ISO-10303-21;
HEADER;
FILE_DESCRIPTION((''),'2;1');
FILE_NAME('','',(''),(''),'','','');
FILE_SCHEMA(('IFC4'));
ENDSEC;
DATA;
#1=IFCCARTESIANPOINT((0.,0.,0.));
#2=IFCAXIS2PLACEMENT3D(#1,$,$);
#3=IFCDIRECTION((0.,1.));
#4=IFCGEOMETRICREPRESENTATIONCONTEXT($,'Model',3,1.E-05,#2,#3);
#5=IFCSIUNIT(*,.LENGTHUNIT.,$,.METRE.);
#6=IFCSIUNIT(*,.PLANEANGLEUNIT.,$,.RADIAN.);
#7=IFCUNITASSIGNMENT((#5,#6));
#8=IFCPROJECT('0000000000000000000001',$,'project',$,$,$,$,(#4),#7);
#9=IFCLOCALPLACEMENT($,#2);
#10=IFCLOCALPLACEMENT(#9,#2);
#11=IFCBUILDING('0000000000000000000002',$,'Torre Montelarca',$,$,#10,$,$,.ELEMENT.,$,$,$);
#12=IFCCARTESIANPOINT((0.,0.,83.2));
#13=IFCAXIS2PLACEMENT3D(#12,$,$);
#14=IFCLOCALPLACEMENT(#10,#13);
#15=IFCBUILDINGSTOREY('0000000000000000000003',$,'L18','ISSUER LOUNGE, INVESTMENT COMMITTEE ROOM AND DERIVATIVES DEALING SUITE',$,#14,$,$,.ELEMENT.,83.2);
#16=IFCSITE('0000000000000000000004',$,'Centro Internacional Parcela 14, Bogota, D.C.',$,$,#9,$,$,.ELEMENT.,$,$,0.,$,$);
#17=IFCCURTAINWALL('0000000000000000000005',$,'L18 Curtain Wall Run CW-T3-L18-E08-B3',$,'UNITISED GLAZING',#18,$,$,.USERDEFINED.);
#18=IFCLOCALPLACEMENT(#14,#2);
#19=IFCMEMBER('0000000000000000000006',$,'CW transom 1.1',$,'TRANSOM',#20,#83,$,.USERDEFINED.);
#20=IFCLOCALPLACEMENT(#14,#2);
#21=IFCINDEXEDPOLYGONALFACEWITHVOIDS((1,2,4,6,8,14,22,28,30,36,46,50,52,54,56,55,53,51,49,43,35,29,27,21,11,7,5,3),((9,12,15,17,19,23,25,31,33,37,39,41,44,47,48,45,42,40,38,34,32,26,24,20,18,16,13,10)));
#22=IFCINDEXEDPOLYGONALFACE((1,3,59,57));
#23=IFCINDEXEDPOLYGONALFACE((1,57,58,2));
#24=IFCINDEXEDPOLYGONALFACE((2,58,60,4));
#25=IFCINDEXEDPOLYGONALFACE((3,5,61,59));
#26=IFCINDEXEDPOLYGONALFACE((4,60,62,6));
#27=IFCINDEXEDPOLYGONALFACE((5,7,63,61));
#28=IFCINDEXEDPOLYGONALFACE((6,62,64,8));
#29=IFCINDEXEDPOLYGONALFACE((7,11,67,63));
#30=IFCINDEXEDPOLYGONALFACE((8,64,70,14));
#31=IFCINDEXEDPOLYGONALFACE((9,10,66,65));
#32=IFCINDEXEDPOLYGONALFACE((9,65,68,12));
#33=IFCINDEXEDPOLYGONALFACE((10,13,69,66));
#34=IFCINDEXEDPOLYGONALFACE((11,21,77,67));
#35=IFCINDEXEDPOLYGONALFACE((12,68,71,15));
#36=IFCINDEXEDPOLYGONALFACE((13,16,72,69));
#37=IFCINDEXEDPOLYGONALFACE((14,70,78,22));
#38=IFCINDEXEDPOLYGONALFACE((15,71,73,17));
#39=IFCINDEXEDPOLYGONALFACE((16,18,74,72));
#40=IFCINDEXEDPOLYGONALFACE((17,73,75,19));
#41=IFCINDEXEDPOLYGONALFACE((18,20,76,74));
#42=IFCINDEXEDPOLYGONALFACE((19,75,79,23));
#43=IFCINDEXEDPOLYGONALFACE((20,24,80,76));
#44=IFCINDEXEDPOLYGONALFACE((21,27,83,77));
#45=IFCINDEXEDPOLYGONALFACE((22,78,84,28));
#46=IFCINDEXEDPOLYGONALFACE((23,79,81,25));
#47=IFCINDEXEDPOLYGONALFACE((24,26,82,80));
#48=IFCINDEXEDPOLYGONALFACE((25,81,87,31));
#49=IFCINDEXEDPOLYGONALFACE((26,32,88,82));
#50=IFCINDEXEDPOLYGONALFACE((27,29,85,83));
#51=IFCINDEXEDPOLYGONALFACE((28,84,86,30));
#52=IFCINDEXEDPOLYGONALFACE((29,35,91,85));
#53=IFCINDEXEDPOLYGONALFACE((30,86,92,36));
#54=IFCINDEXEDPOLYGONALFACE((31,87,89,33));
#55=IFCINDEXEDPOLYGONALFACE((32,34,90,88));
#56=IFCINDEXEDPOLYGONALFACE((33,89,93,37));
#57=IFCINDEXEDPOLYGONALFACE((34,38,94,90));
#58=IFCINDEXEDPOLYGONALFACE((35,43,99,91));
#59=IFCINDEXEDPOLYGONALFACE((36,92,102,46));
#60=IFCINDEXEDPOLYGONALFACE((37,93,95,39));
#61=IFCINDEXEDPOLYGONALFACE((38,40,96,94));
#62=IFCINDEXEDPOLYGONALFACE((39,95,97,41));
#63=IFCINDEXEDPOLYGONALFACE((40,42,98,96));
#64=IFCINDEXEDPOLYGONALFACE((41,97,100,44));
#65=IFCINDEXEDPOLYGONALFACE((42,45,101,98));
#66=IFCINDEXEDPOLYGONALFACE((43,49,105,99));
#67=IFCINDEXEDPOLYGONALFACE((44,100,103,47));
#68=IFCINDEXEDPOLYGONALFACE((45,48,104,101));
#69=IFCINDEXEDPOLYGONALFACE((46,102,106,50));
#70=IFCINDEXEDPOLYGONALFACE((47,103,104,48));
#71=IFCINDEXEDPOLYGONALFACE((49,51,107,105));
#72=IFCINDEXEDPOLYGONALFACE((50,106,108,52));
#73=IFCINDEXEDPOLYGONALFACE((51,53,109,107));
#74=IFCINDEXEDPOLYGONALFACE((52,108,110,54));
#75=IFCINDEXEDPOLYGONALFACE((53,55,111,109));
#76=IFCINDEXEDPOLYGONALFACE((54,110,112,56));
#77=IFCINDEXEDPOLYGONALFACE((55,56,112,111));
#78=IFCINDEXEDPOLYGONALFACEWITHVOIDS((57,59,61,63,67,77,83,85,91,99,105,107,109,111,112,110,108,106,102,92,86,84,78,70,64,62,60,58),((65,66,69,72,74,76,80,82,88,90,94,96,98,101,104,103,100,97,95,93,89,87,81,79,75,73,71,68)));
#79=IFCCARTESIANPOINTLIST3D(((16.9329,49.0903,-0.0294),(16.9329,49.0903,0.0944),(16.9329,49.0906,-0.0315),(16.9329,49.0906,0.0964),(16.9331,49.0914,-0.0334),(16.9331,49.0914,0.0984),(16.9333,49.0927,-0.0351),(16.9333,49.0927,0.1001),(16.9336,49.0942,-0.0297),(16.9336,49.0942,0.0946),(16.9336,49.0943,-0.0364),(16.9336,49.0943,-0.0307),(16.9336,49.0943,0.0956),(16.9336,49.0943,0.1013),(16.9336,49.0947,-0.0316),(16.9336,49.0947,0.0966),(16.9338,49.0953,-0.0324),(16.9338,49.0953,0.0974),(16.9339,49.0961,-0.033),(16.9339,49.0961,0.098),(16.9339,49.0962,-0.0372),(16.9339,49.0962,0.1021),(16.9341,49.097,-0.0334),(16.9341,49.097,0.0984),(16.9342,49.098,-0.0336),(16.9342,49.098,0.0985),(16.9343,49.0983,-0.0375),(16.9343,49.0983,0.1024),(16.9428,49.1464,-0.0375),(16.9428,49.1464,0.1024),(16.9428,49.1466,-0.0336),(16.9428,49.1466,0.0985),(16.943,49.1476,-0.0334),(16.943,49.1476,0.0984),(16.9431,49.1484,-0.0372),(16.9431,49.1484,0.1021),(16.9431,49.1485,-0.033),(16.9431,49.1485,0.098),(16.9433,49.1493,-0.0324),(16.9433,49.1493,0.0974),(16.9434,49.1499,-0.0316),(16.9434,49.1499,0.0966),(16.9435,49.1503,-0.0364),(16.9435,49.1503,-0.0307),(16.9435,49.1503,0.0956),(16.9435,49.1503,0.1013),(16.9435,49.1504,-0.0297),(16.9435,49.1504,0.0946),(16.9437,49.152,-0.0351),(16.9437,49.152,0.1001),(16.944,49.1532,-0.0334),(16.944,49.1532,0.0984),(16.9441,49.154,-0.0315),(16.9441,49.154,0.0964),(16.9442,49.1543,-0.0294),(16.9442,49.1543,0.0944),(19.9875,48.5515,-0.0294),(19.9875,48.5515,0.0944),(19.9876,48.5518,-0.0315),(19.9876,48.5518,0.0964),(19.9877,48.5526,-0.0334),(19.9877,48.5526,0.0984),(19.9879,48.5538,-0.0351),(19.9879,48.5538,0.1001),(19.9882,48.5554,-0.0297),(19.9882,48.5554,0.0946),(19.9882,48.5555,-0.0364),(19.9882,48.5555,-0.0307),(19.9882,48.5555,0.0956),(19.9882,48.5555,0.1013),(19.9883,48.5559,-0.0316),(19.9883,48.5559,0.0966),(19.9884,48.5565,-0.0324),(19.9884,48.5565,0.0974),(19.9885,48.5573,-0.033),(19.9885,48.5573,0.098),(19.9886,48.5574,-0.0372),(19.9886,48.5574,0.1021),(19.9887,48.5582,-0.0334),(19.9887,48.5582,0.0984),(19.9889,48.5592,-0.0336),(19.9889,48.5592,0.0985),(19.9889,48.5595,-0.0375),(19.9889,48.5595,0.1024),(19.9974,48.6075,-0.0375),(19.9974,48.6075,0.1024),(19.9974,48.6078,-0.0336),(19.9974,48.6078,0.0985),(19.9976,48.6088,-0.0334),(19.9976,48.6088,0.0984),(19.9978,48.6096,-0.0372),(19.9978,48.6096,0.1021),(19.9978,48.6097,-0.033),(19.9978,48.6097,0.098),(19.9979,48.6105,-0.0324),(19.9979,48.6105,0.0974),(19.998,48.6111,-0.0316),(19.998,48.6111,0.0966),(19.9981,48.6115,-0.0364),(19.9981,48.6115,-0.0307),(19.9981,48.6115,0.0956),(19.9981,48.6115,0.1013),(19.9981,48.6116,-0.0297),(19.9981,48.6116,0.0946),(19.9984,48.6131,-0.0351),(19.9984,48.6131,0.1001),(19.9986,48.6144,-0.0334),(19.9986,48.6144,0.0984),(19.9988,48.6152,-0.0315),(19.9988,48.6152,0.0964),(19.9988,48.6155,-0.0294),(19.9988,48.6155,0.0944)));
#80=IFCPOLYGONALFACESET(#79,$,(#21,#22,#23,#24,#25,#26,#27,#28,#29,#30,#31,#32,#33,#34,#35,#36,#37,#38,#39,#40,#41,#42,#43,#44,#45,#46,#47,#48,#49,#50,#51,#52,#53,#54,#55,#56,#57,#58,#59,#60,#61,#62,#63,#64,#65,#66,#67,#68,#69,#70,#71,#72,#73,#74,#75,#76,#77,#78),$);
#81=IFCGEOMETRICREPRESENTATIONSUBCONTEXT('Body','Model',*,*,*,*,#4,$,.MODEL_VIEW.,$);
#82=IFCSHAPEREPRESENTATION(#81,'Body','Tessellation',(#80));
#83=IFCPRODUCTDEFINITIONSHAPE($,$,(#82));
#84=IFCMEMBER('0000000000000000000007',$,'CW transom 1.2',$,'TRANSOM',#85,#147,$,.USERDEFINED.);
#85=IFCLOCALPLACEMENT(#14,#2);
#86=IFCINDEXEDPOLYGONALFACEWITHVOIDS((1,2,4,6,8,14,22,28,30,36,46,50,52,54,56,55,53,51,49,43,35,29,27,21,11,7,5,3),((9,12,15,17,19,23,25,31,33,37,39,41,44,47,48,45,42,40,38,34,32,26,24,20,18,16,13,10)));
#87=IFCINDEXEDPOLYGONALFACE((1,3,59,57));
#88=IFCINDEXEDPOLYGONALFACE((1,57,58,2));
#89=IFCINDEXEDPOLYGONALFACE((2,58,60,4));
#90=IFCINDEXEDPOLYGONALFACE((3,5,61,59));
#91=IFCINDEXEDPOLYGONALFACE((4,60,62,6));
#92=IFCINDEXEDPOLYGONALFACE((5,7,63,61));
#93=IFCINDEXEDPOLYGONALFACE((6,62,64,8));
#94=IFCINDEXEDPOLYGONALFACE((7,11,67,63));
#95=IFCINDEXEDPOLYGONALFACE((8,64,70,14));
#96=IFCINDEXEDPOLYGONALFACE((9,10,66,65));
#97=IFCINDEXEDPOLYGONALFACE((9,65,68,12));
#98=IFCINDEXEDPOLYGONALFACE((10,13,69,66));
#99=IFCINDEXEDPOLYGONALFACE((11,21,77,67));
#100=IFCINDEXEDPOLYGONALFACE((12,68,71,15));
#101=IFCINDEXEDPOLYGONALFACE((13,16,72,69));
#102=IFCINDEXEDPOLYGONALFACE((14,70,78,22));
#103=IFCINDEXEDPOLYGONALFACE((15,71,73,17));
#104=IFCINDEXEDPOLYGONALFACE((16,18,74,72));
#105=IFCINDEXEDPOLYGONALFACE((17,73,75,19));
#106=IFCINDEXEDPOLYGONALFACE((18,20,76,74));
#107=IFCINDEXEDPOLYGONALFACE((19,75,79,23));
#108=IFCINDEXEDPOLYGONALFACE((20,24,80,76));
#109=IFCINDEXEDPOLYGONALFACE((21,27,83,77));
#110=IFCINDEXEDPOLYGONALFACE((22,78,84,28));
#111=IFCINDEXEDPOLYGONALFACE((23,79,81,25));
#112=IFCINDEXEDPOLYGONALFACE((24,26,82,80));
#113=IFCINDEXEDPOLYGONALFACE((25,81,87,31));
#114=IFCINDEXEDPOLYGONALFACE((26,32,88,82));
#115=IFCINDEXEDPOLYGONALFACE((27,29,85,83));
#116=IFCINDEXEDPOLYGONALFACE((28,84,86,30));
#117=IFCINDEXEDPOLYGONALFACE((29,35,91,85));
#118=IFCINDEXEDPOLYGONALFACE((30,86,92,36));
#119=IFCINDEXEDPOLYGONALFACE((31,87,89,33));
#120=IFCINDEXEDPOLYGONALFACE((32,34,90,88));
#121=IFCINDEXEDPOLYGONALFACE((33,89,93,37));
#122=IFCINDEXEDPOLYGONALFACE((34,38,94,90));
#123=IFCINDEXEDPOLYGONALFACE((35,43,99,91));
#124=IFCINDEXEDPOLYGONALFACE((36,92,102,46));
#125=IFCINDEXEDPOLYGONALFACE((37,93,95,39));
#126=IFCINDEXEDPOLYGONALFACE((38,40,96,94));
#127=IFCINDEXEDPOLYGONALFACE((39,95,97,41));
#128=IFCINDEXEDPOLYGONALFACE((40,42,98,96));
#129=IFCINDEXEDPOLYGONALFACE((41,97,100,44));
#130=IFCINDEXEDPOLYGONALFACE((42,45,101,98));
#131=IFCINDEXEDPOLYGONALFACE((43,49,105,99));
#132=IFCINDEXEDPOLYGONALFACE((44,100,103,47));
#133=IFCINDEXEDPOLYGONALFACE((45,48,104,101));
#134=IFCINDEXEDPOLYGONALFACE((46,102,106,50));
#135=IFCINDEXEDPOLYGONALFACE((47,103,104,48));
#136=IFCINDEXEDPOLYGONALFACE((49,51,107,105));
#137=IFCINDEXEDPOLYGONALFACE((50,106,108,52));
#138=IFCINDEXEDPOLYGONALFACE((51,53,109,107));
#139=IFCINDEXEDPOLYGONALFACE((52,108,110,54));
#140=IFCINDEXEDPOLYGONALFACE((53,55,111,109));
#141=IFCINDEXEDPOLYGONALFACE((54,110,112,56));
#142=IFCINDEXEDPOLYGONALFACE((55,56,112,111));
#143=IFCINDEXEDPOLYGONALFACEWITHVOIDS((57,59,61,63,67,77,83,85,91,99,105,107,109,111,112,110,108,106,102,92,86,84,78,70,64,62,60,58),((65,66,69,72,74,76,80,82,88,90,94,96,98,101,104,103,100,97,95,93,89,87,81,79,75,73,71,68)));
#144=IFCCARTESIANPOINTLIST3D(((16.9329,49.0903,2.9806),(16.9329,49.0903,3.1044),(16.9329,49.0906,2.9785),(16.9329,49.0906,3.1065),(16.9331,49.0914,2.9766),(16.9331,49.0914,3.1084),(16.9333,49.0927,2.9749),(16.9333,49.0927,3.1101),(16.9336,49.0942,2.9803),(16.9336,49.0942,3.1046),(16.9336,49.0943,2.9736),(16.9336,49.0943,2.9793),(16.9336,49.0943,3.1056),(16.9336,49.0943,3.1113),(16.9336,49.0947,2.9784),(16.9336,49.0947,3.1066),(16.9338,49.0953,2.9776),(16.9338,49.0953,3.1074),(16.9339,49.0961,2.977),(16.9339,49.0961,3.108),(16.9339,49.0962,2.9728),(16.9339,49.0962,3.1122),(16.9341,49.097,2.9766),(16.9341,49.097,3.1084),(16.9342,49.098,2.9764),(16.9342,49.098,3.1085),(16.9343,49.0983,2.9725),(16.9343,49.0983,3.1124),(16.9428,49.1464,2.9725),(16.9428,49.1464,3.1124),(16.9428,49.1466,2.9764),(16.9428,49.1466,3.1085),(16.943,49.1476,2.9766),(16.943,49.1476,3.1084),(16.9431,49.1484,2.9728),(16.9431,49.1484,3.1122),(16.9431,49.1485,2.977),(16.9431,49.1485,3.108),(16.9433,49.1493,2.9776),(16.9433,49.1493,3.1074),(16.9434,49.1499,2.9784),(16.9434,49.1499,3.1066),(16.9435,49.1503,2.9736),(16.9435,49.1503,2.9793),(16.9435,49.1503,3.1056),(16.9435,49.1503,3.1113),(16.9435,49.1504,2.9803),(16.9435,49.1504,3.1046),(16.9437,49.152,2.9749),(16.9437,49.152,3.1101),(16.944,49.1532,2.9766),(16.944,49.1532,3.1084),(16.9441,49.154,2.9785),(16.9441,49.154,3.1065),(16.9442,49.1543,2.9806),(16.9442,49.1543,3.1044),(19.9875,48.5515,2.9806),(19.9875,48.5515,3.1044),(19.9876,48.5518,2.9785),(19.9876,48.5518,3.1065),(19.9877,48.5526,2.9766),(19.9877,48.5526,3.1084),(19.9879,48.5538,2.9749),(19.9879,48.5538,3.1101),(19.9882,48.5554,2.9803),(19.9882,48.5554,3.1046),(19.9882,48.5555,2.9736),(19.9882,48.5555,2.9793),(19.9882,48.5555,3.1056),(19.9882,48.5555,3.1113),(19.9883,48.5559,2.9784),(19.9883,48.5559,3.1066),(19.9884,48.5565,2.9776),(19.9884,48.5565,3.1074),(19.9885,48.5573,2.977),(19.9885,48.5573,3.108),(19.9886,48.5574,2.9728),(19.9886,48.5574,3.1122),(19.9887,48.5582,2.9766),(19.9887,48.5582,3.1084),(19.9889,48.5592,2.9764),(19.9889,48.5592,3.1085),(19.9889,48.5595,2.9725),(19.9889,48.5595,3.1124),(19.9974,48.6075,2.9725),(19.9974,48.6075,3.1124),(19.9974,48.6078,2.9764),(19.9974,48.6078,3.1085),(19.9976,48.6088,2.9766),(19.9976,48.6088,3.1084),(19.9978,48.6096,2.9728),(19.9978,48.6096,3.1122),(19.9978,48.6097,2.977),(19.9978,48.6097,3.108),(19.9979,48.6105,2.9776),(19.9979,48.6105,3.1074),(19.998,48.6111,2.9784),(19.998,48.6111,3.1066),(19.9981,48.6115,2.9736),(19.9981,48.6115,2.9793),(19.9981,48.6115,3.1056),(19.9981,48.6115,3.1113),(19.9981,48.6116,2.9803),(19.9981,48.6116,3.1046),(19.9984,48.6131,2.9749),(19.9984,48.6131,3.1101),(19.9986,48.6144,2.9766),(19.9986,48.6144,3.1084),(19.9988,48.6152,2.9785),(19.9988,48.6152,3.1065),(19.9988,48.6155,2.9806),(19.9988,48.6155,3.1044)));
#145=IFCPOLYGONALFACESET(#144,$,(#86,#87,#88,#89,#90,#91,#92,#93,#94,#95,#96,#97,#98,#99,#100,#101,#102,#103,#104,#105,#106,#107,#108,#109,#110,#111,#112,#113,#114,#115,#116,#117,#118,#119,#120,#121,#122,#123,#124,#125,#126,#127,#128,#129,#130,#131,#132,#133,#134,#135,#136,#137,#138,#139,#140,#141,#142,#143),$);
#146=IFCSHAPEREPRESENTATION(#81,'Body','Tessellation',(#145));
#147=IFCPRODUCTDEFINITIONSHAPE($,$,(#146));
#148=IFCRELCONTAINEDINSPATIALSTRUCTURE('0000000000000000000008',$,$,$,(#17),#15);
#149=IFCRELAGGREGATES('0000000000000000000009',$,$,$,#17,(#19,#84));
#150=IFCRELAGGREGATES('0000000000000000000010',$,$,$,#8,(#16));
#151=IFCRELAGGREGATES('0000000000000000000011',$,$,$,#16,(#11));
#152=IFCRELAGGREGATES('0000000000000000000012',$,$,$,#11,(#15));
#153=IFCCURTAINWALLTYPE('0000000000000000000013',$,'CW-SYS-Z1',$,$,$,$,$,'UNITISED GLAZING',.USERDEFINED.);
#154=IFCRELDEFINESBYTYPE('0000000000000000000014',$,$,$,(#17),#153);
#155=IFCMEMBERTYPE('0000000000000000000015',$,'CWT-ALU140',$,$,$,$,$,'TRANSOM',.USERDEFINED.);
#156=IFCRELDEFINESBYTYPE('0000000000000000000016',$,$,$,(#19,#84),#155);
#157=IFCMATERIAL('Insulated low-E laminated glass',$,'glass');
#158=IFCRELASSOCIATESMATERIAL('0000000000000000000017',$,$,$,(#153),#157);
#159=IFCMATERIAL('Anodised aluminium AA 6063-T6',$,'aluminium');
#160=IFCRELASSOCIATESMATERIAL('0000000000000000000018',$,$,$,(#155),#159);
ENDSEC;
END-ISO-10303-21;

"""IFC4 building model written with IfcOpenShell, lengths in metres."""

from ifc_helpers import new_model, si_unit, direction, frame, origin, origin_2d, place, context, subcontext, project, spatial, hollow_rectangle, extrude, source, transform, mapped, material, material_profile, profile_set, type_object, element, aggregate, save


model = new_model("IFC4")

# Units and contexts
model_context = context("Model", 3, precision=1e-05, world=origin(), true_north=direction((0.0, 1.0)))
body_context = subcontext(model_context, "Body", "Model", "MODEL_VIEW")
ifc_project = project(units=[si_unit("LENGTHUNIT", "METRE"), si_unit("PLANEANGLEUNIT", "RADIAN")], contexts=[model_context])

# Site, building, storey
site_placement = place(None, origin())
site = spatial("IfcSite", under=ifc_project, at=site_placement, Name="Centro Internacional Parcela 14, Bogota, D.C.", CompositionType="ELEMENT", RefElevation=0.0)
building_placement = place(site_placement, origin())
building = spatial("IfcBuilding", under=site, at=building_placement, Name="Torre Montelarca", CompositionType="ELEMENT")
storey_placement = place(building_placement, frame((0.0, 0.0, 83.2)))
storey = spatial("IfcBuildingStorey", under=building, at=storey_placement, Name="L18", Description="ISSUER LOUNGE, INVESTMENT COMMITTEE ROOM AND DERIVATIVES DEALING SUITE", CompositionType="ELEMENT", Elevation=83.2)

# Curtain wall, members
ifc_material_1 = material(Name="Insulated low-E laminated glass", Category="glass")
curtain_wall_type = type_object("IfcCurtainWallType", Name="CW-SYS-Z1", ElementType="UNITISED GLAZING", PredefinedType="USERDEFINED", material=ifc_material_1)
ifc_material_2 = material(Name="Anodised aluminium AA 6063-T6", Category="aluminium")
ifc_material_profile_1 = material_profile(ifc_material_2, hollow_rectangle(XDim=0.0649, YDim=0.1399, WallThickness=0.0039, InnerFilletRadius=0.0039, OuterFilletRadius=0.0081, at=origin_2d()), Name="ALU65X140X4", Category="aluminium")
ifc_profile_set_1 = profile_set([ifc_material_profile_1], Name="Anodised aluminium AA 6063-T6")
member_type_1 = type_object("IfcMemberType", Name="CWT-ALU140", ElementType="TRANSOM", PredefinedType="USERDEFINED", material=ifc_profile_set_1)
curtain_wall_1_placement = place(storey_placement, origin())
curtain_wall_1 = element("IfcCurtainWall", 1, at=curtain_wall_1_placement, inside=storey, type_object=curtain_wall_type, Name="L18 Curtain Wall Run CW-T3-L18-E08-B3", ObjectType="UNITISED GLAZING", PredefinedType="USERDEFINED")
shared_shape_1 = source(origin(), body_context, "Body", "SweptSolid", [
    extrude(hollow_rectangle(XDim=0.0649, YDim=0.1399, WallThickness=0.0039, InnerFilletRadius=0.0039, OuterFilletRadius=0.0081, at=origin_2d()), origin(), (0.0, 0.0, 1.0), 3.1018),
])
member_1_placement = place(storey_placement, frame((19.9932, 48.5835, 0.0325), z_axis=(-0.984797, 0.173709, 0.0), x_axis=(-0.173709, -0.984797, 0.0)))
member_1 = element("IfcMember", 2, at=member_1_placement, type_object=member_type_1, Name="CW transom 1.1", ObjectType="TRANSOM", PredefinedType="USERDEFINED", context=body_context, shape_type="MappedRepresentation", body=[
    mapped(shared_shape_1, transform((0.0, 0.0, 0.0), scale=1.0)),
])
member_2_placement = place(storey_placement, frame((19.9932, 48.5835, 3.0425), z_axis=(-0.984797, 0.173709, 0.0), x_axis=(-0.173709, -0.984797, 0.0)))
member_2 = element("IfcMember", 3, at=member_2_placement, type_object=member_type_1, Name="CW transom 1.2", ObjectType="TRANSOM", PredefinedType="USERDEFINED", context=body_context, shape_type="MappedRepresentation", body=[
    mapped(shared_shape_1, transform((0.0, 0.0, 0.0), scale=1.0)),
])

aggregate(curtain_wall_1, [member_1, member_2])

save(model, "model.ifc")
